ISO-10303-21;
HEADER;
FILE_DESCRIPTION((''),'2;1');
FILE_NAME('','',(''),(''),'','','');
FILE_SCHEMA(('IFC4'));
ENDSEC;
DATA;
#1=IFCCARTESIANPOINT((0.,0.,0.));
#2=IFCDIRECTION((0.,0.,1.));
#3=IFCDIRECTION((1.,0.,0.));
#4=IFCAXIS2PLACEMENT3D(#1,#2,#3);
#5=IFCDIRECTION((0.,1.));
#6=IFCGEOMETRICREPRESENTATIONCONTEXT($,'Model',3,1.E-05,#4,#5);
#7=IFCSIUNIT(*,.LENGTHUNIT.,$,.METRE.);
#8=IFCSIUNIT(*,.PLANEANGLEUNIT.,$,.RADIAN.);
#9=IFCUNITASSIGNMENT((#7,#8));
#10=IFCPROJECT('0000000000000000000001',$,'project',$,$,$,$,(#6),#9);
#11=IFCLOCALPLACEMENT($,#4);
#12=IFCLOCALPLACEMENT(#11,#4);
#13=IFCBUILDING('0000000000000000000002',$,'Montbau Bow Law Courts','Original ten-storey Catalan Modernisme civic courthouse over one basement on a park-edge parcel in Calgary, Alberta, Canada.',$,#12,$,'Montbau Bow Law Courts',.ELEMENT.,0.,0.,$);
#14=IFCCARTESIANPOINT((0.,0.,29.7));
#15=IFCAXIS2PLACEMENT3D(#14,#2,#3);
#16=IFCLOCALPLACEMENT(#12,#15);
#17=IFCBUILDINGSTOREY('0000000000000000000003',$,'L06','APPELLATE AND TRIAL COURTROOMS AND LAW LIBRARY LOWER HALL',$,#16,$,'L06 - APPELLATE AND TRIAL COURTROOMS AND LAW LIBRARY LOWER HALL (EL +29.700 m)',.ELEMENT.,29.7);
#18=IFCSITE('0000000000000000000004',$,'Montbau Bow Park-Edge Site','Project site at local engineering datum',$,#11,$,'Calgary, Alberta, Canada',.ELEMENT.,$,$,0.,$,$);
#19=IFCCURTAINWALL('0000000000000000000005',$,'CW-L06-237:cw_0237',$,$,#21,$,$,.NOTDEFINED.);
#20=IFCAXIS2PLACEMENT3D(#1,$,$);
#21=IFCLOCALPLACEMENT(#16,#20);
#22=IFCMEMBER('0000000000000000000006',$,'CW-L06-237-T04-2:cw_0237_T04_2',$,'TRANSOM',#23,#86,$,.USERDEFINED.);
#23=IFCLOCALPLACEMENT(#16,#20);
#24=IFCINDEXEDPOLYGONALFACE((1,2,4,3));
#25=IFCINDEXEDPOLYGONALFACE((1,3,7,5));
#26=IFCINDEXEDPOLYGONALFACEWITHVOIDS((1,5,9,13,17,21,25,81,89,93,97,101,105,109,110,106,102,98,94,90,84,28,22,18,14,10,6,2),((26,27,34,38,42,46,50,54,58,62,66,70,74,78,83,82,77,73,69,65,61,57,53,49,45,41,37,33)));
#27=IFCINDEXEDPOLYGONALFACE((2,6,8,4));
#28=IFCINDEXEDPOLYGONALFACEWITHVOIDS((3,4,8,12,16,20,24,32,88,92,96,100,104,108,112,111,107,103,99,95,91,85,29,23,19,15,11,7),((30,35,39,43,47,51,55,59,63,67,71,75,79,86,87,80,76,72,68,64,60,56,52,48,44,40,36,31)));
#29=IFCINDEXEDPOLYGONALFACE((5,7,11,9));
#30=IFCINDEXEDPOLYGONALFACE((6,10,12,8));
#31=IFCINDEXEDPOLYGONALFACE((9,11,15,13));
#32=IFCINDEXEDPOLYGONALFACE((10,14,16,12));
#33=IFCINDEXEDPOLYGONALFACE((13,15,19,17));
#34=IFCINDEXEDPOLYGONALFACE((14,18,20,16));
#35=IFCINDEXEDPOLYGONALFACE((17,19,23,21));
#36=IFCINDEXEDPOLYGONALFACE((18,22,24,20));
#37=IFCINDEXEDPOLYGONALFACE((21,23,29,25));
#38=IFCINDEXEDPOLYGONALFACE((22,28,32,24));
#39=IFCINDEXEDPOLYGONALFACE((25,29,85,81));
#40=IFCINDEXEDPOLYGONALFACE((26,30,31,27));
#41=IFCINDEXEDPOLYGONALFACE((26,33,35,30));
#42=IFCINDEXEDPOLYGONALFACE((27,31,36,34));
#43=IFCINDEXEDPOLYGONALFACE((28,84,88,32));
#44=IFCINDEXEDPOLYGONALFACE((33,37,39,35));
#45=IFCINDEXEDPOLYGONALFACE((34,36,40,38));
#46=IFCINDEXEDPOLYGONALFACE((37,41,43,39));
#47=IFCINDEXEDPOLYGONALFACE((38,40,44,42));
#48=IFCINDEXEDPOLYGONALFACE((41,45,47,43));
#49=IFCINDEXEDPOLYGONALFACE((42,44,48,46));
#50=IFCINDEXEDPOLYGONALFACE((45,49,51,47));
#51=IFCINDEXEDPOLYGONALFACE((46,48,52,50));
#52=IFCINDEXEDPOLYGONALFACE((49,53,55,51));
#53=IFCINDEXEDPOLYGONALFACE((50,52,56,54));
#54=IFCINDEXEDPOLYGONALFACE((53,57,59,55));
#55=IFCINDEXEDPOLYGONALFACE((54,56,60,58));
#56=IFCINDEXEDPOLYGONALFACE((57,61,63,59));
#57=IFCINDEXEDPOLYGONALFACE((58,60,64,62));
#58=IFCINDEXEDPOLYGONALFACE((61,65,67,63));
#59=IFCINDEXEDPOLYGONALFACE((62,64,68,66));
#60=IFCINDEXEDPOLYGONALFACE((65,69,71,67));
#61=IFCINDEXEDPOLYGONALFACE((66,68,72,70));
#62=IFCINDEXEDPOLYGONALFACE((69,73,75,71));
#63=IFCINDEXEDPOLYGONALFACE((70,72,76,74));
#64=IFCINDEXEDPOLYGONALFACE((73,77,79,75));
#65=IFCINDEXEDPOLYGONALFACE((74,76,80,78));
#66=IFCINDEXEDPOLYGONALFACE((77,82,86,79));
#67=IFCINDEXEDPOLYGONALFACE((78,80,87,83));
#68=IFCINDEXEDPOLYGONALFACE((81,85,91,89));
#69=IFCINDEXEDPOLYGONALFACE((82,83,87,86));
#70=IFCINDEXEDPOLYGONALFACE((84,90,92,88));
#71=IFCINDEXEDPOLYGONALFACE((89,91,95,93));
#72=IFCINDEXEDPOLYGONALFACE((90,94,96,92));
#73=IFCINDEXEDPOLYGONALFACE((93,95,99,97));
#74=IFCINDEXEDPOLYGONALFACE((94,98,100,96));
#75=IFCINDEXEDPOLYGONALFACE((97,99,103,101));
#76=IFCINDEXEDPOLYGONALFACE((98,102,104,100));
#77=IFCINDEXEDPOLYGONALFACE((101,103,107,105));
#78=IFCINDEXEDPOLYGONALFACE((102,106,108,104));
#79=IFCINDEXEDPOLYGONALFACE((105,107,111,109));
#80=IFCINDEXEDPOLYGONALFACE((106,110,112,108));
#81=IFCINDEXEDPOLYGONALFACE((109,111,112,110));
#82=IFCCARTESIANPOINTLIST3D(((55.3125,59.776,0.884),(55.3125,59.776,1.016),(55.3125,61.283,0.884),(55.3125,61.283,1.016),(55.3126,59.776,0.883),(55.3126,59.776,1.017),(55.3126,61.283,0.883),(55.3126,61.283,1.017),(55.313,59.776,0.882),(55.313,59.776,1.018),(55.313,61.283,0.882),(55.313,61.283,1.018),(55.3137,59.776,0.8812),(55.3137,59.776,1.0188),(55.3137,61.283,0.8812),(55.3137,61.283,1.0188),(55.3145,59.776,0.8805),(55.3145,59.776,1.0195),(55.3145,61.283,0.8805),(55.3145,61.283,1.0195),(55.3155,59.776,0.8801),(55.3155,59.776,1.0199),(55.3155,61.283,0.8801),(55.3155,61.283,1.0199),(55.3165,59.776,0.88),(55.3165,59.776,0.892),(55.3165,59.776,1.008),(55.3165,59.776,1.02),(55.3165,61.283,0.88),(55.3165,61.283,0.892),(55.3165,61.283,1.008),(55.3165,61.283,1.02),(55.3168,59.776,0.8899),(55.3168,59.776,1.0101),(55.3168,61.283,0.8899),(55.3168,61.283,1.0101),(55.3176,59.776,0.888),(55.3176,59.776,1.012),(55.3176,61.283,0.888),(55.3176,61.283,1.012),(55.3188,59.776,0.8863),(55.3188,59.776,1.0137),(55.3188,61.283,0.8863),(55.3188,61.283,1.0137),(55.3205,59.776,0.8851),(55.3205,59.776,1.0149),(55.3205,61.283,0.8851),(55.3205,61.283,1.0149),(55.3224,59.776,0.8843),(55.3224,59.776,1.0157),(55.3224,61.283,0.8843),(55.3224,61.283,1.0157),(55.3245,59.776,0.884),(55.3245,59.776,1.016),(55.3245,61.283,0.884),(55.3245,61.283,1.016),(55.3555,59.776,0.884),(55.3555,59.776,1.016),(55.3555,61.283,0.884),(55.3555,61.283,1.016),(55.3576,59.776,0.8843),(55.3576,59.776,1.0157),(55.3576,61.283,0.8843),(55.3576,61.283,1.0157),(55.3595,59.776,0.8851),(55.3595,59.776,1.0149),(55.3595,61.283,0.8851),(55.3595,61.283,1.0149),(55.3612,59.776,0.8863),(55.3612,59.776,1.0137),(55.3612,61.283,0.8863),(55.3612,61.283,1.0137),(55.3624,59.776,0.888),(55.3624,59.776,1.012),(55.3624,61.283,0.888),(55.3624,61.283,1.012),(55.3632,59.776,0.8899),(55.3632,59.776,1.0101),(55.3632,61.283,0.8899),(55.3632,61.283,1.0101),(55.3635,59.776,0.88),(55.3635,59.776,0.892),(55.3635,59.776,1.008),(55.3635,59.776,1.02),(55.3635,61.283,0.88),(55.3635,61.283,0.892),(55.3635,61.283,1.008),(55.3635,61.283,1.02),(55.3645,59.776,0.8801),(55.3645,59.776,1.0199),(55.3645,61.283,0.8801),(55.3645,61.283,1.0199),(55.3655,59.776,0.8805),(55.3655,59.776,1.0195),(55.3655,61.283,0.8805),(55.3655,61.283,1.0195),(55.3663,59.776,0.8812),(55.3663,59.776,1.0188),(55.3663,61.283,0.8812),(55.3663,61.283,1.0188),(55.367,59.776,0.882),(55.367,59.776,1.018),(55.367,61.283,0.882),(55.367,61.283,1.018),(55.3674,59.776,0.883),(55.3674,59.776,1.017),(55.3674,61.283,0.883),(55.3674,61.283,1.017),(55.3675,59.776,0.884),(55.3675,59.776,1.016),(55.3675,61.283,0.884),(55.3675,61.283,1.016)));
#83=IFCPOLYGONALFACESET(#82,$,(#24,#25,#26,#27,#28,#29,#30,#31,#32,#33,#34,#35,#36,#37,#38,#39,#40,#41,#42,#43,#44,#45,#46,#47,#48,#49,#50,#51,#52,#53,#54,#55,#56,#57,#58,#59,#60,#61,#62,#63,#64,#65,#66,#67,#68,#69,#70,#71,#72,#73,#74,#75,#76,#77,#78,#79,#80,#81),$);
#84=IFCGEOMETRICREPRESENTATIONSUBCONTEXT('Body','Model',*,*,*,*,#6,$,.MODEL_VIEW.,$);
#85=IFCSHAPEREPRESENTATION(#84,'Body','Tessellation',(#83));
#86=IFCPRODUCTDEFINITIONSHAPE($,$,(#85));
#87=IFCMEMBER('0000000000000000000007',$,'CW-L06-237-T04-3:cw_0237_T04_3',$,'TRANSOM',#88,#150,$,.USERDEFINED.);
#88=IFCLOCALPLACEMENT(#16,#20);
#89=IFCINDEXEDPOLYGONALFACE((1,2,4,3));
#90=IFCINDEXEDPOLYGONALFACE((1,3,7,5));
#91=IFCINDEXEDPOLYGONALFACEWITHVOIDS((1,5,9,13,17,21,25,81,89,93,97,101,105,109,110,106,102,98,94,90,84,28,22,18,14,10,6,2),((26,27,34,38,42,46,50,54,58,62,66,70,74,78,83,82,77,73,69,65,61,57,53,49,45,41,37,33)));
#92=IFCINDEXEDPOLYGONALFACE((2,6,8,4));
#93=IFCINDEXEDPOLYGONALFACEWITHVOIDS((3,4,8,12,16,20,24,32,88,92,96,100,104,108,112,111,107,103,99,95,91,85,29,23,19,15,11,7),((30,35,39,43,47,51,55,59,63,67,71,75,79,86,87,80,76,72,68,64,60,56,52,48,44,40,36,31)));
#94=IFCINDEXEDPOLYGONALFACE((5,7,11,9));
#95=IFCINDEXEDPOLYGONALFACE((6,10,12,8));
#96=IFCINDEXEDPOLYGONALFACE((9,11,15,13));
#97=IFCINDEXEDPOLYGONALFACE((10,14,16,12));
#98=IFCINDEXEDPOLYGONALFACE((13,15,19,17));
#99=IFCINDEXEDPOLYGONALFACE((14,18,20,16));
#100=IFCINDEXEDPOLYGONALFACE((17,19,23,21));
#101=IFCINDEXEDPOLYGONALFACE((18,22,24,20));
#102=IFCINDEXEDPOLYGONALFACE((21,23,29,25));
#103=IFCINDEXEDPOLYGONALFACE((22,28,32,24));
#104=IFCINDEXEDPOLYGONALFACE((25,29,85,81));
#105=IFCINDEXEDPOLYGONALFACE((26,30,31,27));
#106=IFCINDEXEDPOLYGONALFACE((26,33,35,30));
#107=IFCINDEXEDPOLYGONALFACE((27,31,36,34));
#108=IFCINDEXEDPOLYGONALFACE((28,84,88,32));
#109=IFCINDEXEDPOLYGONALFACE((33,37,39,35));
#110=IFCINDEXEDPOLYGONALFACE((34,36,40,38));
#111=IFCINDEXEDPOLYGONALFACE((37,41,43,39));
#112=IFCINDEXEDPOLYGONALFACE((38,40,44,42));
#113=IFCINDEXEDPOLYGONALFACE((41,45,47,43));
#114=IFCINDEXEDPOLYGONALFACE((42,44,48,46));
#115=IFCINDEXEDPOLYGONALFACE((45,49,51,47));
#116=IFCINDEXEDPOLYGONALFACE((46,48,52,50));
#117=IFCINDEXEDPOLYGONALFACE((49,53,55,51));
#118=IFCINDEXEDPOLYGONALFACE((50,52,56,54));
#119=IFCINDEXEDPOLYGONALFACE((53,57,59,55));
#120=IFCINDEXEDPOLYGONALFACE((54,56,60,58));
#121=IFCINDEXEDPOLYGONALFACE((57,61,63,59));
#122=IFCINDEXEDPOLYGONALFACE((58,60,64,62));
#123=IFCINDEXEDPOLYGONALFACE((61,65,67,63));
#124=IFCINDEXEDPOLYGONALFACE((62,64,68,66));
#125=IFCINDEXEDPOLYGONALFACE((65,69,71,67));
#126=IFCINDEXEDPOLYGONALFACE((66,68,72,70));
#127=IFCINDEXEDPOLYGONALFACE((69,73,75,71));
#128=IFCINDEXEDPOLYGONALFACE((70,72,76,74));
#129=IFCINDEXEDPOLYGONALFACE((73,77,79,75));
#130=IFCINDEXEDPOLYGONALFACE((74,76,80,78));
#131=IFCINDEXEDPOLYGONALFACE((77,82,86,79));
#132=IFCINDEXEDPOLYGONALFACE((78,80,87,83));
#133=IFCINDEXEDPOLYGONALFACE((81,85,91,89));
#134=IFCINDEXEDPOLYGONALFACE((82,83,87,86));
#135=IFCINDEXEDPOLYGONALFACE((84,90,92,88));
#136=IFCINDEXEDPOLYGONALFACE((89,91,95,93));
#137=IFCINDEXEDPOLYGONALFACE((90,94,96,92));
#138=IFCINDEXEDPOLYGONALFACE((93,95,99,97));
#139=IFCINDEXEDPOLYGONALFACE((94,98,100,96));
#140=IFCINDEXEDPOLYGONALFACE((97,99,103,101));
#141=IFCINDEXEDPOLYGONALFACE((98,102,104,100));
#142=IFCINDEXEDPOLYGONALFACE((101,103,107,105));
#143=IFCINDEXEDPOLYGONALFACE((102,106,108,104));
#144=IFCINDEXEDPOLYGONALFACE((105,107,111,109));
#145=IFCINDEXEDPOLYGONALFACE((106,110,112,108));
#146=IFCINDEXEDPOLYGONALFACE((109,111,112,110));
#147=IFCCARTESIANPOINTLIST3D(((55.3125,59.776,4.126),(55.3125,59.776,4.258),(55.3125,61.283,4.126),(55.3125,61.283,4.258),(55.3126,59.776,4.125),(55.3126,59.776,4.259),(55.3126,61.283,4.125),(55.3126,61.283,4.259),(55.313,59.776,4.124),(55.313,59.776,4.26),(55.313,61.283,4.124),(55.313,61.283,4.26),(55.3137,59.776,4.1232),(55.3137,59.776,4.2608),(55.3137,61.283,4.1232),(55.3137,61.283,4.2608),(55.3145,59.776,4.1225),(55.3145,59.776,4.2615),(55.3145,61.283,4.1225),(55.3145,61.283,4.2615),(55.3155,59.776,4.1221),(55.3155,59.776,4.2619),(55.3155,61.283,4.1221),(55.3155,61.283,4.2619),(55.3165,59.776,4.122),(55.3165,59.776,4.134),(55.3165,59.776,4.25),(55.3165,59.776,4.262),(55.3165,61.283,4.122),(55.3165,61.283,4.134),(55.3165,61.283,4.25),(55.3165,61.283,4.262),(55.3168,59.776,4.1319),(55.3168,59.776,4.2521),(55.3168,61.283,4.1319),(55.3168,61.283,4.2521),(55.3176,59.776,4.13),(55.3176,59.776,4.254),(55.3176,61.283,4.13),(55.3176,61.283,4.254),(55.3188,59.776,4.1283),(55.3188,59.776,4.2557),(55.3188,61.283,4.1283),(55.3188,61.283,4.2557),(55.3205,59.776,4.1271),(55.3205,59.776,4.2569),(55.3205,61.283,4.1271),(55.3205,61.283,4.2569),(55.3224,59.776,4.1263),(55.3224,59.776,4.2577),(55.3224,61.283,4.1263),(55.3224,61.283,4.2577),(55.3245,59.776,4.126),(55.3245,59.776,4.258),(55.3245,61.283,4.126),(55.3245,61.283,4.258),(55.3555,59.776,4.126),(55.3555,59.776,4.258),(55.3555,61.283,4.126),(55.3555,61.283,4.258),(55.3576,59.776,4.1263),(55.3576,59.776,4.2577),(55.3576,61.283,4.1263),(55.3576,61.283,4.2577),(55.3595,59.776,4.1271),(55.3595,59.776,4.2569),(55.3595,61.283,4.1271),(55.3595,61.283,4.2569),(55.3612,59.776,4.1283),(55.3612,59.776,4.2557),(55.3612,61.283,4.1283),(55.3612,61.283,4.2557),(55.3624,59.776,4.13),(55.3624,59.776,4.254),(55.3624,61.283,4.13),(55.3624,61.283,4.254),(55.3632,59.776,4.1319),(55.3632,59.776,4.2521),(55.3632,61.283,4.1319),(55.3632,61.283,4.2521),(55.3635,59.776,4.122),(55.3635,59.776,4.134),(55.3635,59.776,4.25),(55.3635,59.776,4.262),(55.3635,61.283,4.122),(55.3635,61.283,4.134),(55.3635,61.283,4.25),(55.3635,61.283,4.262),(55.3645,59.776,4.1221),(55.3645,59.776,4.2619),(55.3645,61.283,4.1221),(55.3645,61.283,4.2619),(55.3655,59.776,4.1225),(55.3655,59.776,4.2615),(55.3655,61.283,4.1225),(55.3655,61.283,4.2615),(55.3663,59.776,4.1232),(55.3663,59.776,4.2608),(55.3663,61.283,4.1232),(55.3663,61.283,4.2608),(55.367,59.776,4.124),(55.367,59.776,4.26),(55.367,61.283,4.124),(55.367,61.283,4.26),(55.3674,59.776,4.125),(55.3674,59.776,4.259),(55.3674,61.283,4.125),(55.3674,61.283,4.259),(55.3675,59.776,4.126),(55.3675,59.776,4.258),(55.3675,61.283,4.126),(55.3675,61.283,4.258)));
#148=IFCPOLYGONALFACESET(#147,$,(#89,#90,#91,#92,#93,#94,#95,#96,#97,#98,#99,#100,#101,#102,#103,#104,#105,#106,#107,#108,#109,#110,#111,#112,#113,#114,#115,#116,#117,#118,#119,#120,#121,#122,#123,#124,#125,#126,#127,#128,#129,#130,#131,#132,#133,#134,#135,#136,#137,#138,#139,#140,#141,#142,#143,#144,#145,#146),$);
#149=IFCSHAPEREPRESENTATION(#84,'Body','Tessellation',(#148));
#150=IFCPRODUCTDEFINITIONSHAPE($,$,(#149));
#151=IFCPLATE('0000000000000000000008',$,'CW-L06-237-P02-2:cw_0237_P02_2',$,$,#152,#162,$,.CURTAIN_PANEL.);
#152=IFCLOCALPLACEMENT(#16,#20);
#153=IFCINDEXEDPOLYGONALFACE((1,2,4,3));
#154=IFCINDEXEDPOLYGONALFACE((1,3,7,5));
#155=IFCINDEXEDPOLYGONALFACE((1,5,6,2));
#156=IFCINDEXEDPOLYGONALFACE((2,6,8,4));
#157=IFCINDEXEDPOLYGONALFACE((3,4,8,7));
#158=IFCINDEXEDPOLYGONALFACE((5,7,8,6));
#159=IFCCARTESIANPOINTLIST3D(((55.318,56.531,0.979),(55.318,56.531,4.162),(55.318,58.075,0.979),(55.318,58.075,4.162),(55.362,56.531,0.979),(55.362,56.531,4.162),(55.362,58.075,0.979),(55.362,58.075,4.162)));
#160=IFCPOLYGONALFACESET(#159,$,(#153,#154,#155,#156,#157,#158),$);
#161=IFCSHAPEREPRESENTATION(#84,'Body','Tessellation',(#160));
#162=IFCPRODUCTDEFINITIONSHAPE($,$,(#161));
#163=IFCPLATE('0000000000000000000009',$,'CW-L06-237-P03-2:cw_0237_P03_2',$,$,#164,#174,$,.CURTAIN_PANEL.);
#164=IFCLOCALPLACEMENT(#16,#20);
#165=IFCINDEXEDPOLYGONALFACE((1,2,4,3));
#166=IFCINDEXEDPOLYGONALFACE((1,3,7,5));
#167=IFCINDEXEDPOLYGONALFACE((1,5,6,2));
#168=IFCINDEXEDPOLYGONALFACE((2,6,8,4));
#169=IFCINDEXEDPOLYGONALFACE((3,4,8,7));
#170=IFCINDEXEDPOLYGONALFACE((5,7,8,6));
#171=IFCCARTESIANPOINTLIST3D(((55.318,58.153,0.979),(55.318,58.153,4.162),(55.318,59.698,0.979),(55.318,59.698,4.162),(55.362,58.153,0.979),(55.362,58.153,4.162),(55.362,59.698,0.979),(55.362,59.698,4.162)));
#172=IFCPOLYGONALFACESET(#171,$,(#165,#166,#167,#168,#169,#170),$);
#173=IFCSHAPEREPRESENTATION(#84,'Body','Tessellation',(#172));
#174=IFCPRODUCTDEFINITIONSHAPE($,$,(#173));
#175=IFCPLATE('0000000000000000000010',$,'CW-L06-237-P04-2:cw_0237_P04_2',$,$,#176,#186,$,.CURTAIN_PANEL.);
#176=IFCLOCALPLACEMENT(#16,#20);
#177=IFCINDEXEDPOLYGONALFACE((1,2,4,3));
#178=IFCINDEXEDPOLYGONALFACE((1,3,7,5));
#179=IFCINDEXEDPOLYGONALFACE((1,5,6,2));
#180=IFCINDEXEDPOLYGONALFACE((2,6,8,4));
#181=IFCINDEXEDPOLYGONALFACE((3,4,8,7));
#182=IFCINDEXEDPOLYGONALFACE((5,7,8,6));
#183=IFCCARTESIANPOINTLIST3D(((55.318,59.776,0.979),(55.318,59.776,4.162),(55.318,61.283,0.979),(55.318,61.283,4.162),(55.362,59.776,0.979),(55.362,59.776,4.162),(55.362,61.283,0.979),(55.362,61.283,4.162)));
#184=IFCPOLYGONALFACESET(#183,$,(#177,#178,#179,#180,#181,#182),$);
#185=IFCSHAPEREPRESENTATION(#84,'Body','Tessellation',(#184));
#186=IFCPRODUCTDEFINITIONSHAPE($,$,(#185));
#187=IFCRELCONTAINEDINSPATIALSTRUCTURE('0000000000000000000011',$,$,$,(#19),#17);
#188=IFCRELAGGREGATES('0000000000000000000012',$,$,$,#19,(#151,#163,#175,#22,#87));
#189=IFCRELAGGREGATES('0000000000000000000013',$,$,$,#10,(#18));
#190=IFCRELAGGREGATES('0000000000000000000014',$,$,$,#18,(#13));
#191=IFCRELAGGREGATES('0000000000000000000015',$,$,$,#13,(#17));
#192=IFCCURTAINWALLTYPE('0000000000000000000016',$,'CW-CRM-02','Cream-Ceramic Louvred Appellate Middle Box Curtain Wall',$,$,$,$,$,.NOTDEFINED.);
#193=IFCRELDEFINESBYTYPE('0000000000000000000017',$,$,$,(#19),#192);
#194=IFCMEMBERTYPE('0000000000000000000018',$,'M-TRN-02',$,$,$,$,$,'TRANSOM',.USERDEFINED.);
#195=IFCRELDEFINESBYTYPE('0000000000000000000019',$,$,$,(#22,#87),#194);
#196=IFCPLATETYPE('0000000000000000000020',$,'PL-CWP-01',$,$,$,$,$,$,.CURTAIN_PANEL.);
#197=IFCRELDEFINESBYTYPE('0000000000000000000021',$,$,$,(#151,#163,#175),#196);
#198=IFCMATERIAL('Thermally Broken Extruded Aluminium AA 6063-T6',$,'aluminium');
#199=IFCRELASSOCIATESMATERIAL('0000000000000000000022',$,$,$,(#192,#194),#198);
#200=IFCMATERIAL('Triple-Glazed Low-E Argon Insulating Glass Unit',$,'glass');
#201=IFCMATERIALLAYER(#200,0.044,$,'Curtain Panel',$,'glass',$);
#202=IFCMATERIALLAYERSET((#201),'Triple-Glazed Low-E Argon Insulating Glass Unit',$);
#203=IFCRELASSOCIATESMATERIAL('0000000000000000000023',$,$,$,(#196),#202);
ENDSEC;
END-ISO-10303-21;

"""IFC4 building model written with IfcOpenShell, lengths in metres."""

from ifc_helpers import new_model, si_unit, direction, frame, frame_2d, origin_with_axes, origin_2d_with_axis, place, context, subcontext, project, spatial, rectangle, hollow_rectangle, extrude, material, layer, layer_set, material_profile, profile_set, type_object, element, aggregate, save


model = new_model("IFC4")

# Units and contexts
model_context = context("Model", 3, precision=1e-05, world=origin_with_axes(), true_north=direction((0.0, 1.0)))
body_context = subcontext(model_context, "Body", "Model", "MODEL_VIEW")
ifc_project = project(units=[si_unit("LENGTHUNIT", "METRE"), si_unit("PLANEANGLEUNIT", "RADIAN")], contexts=[model_context])

# Site, building, storey
site_placement = place(None, origin_with_axes())
site = spatial("IfcSite", under=ifc_project, at=site_placement, Name="Montbau Bow Park-Edge Site", Description="Project site at local engineering datum", LongName="Calgary, Alberta, Canada", CompositionType="ELEMENT", RefElevation=0.0)
building_placement = place(site_placement, origin_with_axes())
building = spatial("IfcBuilding", under=site, at=building_placement, Name="Montbau Bow Law Courts", Description="Original ten-storey Catalan Modernisme civic courthouse over one basement on a park-edge parcel in Calgary, Alberta, Canada.", LongName="Montbau Bow Law Courts", CompositionType="ELEMENT", ElevationOfRefHeight=0.0, ElevationOfTerrain=0.0)
storey_placement = place(building_placement, frame((0.0, 0.0, 29.7), z_axis=(0.0, 0.0, 1.0), x_axis=(1.0, 0.0, 0.0)))
storey = spatial("IfcBuildingStorey", under=building, at=storey_placement, Name="L06", Description="APPELLATE AND TRIAL COURTROOMS AND LAW LIBRARY LOWER HALL", LongName="L06 - APPELLATE AND TRIAL COURTROOMS AND LAW LIBRARY LOWER HALL (EL +29.700 m)", CompositionType="ELEMENT", Elevation=29.7)

# Curtain wall
ifc_material_1 = material(Name="Thermally Broken Extruded Aluminium AA 6063-T6", Category="aluminium")
curtain_wall_type = type_object("IfcCurtainWallType", Name="CW-CRM-02", Description="Cream-Ceramic Louvred Appellate Middle Box Curtain Wall", PredefinedType="NOTDEFINED", material=ifc_material_1)
curtain_wall_1_placement = place(None, frame((55.34, 54.868, 29.7), z_axis=(0.0, 0.0, 1.0), x_axis=(1.0, 0.0, 0.0)))
curtain_wall_1 = element("IfcCurtainWall", 1, at=curtain_wall_1_placement, inside=storey, type_object=curtain_wall_type, Name="CW-L06-237:cw_0237", PredefinedType="NOTDEFINED")

# Members
ifc_material_profile_1 = material_profile(ifc_material_1, hollow_rectangle(XDim=0.055, YDim=0.14, WallThickness=0.004, InnerFilletRadius=0.008, OuterFilletRadius=0.004, at=origin_2d_with_axis()), Name="CWT-140X55", Category="Main", Priority=0)
ifc_profile_set_1 = profile_set([ifc_material_profile_1], Name="Thermally Broken Extruded Aluminium AA 6063-T6")
member_type_1 = type_object("IfcMemberType", Name="M-TRN-02", ElementType="TRANSOM", PredefinedType="USERDEFINED", material=ifc_profile_set_1)
member_1_placement = place(None, frame((55.34, 59.776, 30.65), z_axis=(0.0, 1.0, 0.0), x_axis=(-1.0, 0.0, 0.0)))
member_1 = element("IfcMember", 2, at=member_1_placement, type_object=member_type_1, Name="CW-L06-237-T04-2:cw_0237_T04_2", ObjectType="TRANSOM", PredefinedType="USERDEFINED", context=body_context, shape_type="SweptSolid", body=[
    extrude(hollow_rectangle(XDim=0.055, YDim=0.14, WallThickness=0.004, InnerFilletRadius=0.008, OuterFilletRadius=0.004, at=origin_2d_with_axis()), origin_with_axes(), (0.0, 0.0, 1.0), 1.507),
])
member_2_placement = place(None, frame((55.34, 59.776, 33.892), z_axis=(0.0, 1.0, 0.0), x_axis=(-1.0, 0.0, 0.0)))
member_2 = element("IfcMember", 3, at=member_2_placement, type_object=member_type_1, Name="CW-L06-237-T04-3:cw_0237_T04_3", ObjectType="TRANSOM", PredefinedType="USERDEFINED", context=body_context, shape_type="SweptSolid", body=[
    extrude(hollow_rectangle(XDim=0.055, YDim=0.14, WallThickness=0.004, InnerFilletRadius=0.008, OuterFilletRadius=0.004, at=origin_2d_with_axis()), origin_with_axes(), (0.0, 0.0, 1.0), 1.507),
])

# Plates
ifc_material_2 = material(Name="Triple-Glazed Low-E Argon Insulating Glass Unit", Category="glass")
ifc_layer_1 = layer(ifc_material_2, 0.044, Name="Curtain Panel", Category="glass")
ifc_layer_set_1 = layer_set([ifc_layer_1], Name="Triple-Glazed Low-E Argon Insulating Glass Unit")
plate_type_1 = type_object("IfcPlateType", Name="PL-CWP-01", PredefinedType="CURTAIN_PANEL", material=ifc_layer_set_1)
plate_1_placement = place(None, frame((55.34, 56.531, 30.679), z_axis=(1.0, 0.0, 0.0), x_axis=(0.0, 1.0, 0.0)))
plate_1 = element("IfcPlate", 4, at=plate_1_placement, type_object=plate_type_1, Name="CW-L06-237-P02-2:cw_0237_P02_2", PredefinedType="CURTAIN_PANEL", context=body_context, shape_type="SweptSolid", body=[
    extrude(rectangle(XDim=1.544, YDim=3.183, at=frame_2d((0.772, 1.5915), x_axis=(1.0, 0.0))), frame((0.0, 0.0, -0.022), z_axis=(0.0, 0.0, 1.0), x_axis=(1.0, 0.0, 0.0)), (0.0, 0.0, 1.0), 0.044),
])
plate_2_placement = place(None, frame((55.34, 58.153, 30.679), z_axis=(1.0, 0.0, 0.0), x_axis=(0.0, 1.0, 0.0)))
plate_2 = element("IfcPlate", 5, at=plate_2_placement, type_object=plate_type_1, Name="CW-L06-237-P03-2:cw_0237_P03_2", PredefinedType="CURTAIN_PANEL", context=body_context, shape_type="SweptSolid", body=[
    extrude(rectangle(XDim=1.545, YDim=3.183, at=frame_2d((0.7725, 1.5915), x_axis=(1.0, 0.0))), frame((0.0, 0.0, -0.022), z_axis=(0.0, 0.0, 1.0), x_axis=(1.0, 0.0, 0.0)), (0.0, 0.0, 1.0), 0.044),
])
plate_3_placement = place(None, frame((55.34, 59.776, 30.679), z_axis=(1.0, 0.0, 0.0), x_axis=(0.0, 1.0, 0.0)))
plate_3 = element("IfcPlate", 6, at=plate_3_placement, type_object=plate_type_1, Name="CW-L06-237-P04-2:cw_0237_P04_2", PredefinedType="CURTAIN_PANEL", context=body_context, shape_type="SweptSolid", body=[
    extrude(rectangle(XDim=1.507, YDim=3.183, at=frame_2d((0.7535, 1.5915), x_axis=(1.0, 0.0))), frame((0.0, 0.0, -0.022), z_axis=(0.0, 0.0, 1.0), x_axis=(1.0, 0.0, 0.0)), (0.0, 0.0, 1.0), 0.044),
])
aggregate(curtain_wall_1, [plate_1, plate_2, plate_3, member_1, member_2])

save(model, "model.ifc")
